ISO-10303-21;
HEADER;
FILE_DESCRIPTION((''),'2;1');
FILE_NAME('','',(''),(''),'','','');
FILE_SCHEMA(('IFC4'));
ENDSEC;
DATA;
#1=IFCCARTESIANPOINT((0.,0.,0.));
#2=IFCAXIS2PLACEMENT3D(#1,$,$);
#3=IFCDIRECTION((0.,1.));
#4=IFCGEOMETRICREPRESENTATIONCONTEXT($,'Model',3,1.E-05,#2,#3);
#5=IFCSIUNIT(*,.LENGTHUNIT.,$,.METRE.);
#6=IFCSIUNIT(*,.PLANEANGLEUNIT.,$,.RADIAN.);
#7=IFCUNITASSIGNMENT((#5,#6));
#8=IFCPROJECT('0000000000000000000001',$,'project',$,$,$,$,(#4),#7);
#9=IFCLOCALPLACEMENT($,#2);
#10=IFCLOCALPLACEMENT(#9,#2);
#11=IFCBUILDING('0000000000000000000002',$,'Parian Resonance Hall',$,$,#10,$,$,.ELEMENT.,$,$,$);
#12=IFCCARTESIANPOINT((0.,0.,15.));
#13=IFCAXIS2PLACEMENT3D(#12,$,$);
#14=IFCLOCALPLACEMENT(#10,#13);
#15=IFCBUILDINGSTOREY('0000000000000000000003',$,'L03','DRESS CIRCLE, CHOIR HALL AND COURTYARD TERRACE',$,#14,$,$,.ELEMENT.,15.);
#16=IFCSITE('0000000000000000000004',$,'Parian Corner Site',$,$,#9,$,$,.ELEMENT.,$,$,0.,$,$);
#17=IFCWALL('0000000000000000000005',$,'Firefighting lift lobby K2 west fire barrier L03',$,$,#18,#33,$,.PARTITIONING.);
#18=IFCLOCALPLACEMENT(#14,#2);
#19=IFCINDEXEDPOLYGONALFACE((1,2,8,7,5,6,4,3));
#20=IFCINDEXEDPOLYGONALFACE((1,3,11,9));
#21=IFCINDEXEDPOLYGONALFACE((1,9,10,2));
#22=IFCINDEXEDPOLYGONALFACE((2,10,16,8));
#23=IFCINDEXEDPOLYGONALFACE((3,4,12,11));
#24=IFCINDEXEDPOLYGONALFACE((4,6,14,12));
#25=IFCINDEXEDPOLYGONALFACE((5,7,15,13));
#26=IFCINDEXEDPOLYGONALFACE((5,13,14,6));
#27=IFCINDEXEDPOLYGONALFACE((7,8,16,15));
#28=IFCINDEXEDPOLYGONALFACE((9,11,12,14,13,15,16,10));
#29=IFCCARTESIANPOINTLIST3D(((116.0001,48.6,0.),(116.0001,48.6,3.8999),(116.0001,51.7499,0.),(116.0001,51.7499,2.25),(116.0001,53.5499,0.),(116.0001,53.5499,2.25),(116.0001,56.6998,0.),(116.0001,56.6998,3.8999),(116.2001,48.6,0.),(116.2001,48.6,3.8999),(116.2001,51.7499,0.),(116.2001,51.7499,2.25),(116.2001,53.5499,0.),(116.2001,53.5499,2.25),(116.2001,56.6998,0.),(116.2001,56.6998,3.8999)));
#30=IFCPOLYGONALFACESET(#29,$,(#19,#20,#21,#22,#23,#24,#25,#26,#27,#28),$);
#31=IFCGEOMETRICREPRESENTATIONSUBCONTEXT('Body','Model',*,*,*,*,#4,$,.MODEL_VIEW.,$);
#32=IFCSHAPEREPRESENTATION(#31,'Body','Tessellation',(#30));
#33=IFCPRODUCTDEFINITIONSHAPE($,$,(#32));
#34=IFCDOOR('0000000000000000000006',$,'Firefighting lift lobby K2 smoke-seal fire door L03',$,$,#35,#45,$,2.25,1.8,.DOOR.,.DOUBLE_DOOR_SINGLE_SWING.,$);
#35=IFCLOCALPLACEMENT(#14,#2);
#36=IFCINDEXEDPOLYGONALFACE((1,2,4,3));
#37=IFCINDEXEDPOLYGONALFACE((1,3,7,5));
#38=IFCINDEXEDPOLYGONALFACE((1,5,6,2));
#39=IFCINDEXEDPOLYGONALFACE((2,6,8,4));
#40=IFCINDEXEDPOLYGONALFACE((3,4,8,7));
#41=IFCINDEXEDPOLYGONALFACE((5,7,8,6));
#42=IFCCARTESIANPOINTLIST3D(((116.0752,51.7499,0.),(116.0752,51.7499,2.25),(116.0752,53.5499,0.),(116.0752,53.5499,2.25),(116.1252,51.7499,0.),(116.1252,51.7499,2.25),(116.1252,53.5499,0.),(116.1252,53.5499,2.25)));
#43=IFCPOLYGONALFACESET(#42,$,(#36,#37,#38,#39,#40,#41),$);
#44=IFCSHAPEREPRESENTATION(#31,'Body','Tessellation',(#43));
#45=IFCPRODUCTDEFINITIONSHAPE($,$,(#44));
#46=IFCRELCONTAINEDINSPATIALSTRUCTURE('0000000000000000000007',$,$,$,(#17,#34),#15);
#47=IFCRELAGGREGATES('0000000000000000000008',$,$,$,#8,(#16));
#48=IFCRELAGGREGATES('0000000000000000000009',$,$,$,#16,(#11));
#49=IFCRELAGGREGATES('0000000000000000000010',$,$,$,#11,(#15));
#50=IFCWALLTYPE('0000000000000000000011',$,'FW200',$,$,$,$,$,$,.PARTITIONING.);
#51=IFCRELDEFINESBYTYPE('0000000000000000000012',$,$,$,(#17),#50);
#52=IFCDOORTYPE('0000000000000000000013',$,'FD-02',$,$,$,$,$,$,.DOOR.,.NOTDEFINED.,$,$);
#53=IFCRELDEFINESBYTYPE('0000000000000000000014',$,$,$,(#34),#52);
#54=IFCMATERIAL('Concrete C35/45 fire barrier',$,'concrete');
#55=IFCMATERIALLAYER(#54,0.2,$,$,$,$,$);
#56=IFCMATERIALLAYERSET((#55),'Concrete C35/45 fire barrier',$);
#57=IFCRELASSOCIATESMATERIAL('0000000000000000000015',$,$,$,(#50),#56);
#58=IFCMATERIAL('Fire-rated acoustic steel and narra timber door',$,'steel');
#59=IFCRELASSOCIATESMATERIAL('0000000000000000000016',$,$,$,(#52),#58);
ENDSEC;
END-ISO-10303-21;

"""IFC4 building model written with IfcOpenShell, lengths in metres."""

from ifc_helpers import new_model, si_unit, direction, frame, frame_2d, origin, place, context, subcontext, project, spatial, rectangle, extrude, material, layer, layer_set, type_object, element, fill, save


model = new_model("IFC4")

# Units and contexts
model_context = context("Model", 3, precision=1e-05, world=origin(), true_north=direction((0.0, 1.0)))
body_context = subcontext(model_context, "Body", "Model", "MODEL_VIEW")
ifc_project = project(units=[si_unit("LENGTHUNIT", "METRE"), si_unit("PLANEANGLEUNIT", "RADIAN")], contexts=[model_context])

# Site, building, storey
site_placement = place(None, origin())
site = spatial("IfcSite", under=ifc_project, at=site_placement, Name="Parian Corner Site", CompositionType="ELEMENT", RefElevation=0.0)
building_placement = place(site_placement, origin())
building = spatial("IfcBuilding", under=site, at=building_placement, Name="Parian Resonance Hall", CompositionType="ELEMENT")
storey_placement = place(building_placement, frame((0.0, 0.0, 15.0)))
storey = spatial("IfcBuildingStorey", under=building, at=storey_placement, Name="L03", Description="DRESS CIRCLE, CHOIR HALL AND COURTYARD TERRACE", CompositionType="ELEMENT", Elevation=15.0)

# Wall, opening, door
ifc_material_1 = material(Name="Concrete C35/45 fire barrier", Category="concrete")
ifc_layer_1 = layer(ifc_material_1, 0.2)
ifc_layer_set_1 = layer_set([ifc_layer_1], Name="Concrete C35/45 fire barrier")
wall_type_1 = type_object("IfcWallType", Name="FW200", PredefinedType="PARTITIONING", material=ifc_layer_set_1)
wall_1_placement = place(storey_placement, frame((116.1001, 48.6001, 0.0), z_axis=(0.0, 0.0, 1.0), x_axis=(0.0, 1.0, 0.0)))
wall_1 = element("IfcWall", 1, at=wall_1_placement, inside=storey, type_object=wall_type_1, Name="Firefighting lift lobby K2 west fire barrier L03", PredefinedType="PARTITIONING", context=body_context, shape_type="SweptSolid", body=[
    extrude(rectangle(XDim=8.0999, YDim=0.2, at=frame_2d((4.0498, 0.0))), origin(), (0.0, 0.0, 1.0), 3.8999),
])
opening_1_placement = place(wall_1_placement, frame((3.1499, 0.0, 0.0)))
opening_1 = element("IfcOpeningElement", 2, at=opening_1_placement, cuts=wall_1, PredefinedType="OPENING", context=body_context, shape_type="SweptSolid", body=[
    extrude(rectangle(XDim=1.8, YDim=2.25, at=frame_2d((0.8999, 1.125))), frame((0.0, 0.1099, 0.0), z_axis=(0.0, -1.0, 0.0), x_axis=(1.0, 0.0, 0.0)), (0.0, 0.0, 1.0), 0.22),
])
ifc_material_2 = material(Name="Fire-rated acoustic steel and narra timber door", Category="steel")
door_type_1 = type_object("IfcDoorType", Name="FD-02", OperationType="NOTDEFINED", PredefinedType="DOOR", material=ifc_material_2)
door_1_placement = place(opening_1_placement, origin())
door_1 = element("IfcDoor", 3, at=door_1_placement, inside=storey, type_object=door_type_1, Name="Firefighting lift lobby K2 smoke-seal fire door L03", OperationType="DOUBLE_DOOR_SINGLE_SWING", OverallHeight=2.25, OverallWidth=1.8, PredefinedType="DOOR", context=body_context, shape_type="SweptSolid", body=[
    extrude(rectangle(XDim=1.8, YDim=2.25, at=frame_2d((0.8999, 1.125))), frame((0.0, 0.0249, 0.0), z_axis=(0.0, -1.0, 0.0), x_axis=(1.0, 0.0, 0.0)), (0.0, 0.0, 1.0), 0.05),
])
fill(opening_1, door_1)

save(model, "model.ifc")
